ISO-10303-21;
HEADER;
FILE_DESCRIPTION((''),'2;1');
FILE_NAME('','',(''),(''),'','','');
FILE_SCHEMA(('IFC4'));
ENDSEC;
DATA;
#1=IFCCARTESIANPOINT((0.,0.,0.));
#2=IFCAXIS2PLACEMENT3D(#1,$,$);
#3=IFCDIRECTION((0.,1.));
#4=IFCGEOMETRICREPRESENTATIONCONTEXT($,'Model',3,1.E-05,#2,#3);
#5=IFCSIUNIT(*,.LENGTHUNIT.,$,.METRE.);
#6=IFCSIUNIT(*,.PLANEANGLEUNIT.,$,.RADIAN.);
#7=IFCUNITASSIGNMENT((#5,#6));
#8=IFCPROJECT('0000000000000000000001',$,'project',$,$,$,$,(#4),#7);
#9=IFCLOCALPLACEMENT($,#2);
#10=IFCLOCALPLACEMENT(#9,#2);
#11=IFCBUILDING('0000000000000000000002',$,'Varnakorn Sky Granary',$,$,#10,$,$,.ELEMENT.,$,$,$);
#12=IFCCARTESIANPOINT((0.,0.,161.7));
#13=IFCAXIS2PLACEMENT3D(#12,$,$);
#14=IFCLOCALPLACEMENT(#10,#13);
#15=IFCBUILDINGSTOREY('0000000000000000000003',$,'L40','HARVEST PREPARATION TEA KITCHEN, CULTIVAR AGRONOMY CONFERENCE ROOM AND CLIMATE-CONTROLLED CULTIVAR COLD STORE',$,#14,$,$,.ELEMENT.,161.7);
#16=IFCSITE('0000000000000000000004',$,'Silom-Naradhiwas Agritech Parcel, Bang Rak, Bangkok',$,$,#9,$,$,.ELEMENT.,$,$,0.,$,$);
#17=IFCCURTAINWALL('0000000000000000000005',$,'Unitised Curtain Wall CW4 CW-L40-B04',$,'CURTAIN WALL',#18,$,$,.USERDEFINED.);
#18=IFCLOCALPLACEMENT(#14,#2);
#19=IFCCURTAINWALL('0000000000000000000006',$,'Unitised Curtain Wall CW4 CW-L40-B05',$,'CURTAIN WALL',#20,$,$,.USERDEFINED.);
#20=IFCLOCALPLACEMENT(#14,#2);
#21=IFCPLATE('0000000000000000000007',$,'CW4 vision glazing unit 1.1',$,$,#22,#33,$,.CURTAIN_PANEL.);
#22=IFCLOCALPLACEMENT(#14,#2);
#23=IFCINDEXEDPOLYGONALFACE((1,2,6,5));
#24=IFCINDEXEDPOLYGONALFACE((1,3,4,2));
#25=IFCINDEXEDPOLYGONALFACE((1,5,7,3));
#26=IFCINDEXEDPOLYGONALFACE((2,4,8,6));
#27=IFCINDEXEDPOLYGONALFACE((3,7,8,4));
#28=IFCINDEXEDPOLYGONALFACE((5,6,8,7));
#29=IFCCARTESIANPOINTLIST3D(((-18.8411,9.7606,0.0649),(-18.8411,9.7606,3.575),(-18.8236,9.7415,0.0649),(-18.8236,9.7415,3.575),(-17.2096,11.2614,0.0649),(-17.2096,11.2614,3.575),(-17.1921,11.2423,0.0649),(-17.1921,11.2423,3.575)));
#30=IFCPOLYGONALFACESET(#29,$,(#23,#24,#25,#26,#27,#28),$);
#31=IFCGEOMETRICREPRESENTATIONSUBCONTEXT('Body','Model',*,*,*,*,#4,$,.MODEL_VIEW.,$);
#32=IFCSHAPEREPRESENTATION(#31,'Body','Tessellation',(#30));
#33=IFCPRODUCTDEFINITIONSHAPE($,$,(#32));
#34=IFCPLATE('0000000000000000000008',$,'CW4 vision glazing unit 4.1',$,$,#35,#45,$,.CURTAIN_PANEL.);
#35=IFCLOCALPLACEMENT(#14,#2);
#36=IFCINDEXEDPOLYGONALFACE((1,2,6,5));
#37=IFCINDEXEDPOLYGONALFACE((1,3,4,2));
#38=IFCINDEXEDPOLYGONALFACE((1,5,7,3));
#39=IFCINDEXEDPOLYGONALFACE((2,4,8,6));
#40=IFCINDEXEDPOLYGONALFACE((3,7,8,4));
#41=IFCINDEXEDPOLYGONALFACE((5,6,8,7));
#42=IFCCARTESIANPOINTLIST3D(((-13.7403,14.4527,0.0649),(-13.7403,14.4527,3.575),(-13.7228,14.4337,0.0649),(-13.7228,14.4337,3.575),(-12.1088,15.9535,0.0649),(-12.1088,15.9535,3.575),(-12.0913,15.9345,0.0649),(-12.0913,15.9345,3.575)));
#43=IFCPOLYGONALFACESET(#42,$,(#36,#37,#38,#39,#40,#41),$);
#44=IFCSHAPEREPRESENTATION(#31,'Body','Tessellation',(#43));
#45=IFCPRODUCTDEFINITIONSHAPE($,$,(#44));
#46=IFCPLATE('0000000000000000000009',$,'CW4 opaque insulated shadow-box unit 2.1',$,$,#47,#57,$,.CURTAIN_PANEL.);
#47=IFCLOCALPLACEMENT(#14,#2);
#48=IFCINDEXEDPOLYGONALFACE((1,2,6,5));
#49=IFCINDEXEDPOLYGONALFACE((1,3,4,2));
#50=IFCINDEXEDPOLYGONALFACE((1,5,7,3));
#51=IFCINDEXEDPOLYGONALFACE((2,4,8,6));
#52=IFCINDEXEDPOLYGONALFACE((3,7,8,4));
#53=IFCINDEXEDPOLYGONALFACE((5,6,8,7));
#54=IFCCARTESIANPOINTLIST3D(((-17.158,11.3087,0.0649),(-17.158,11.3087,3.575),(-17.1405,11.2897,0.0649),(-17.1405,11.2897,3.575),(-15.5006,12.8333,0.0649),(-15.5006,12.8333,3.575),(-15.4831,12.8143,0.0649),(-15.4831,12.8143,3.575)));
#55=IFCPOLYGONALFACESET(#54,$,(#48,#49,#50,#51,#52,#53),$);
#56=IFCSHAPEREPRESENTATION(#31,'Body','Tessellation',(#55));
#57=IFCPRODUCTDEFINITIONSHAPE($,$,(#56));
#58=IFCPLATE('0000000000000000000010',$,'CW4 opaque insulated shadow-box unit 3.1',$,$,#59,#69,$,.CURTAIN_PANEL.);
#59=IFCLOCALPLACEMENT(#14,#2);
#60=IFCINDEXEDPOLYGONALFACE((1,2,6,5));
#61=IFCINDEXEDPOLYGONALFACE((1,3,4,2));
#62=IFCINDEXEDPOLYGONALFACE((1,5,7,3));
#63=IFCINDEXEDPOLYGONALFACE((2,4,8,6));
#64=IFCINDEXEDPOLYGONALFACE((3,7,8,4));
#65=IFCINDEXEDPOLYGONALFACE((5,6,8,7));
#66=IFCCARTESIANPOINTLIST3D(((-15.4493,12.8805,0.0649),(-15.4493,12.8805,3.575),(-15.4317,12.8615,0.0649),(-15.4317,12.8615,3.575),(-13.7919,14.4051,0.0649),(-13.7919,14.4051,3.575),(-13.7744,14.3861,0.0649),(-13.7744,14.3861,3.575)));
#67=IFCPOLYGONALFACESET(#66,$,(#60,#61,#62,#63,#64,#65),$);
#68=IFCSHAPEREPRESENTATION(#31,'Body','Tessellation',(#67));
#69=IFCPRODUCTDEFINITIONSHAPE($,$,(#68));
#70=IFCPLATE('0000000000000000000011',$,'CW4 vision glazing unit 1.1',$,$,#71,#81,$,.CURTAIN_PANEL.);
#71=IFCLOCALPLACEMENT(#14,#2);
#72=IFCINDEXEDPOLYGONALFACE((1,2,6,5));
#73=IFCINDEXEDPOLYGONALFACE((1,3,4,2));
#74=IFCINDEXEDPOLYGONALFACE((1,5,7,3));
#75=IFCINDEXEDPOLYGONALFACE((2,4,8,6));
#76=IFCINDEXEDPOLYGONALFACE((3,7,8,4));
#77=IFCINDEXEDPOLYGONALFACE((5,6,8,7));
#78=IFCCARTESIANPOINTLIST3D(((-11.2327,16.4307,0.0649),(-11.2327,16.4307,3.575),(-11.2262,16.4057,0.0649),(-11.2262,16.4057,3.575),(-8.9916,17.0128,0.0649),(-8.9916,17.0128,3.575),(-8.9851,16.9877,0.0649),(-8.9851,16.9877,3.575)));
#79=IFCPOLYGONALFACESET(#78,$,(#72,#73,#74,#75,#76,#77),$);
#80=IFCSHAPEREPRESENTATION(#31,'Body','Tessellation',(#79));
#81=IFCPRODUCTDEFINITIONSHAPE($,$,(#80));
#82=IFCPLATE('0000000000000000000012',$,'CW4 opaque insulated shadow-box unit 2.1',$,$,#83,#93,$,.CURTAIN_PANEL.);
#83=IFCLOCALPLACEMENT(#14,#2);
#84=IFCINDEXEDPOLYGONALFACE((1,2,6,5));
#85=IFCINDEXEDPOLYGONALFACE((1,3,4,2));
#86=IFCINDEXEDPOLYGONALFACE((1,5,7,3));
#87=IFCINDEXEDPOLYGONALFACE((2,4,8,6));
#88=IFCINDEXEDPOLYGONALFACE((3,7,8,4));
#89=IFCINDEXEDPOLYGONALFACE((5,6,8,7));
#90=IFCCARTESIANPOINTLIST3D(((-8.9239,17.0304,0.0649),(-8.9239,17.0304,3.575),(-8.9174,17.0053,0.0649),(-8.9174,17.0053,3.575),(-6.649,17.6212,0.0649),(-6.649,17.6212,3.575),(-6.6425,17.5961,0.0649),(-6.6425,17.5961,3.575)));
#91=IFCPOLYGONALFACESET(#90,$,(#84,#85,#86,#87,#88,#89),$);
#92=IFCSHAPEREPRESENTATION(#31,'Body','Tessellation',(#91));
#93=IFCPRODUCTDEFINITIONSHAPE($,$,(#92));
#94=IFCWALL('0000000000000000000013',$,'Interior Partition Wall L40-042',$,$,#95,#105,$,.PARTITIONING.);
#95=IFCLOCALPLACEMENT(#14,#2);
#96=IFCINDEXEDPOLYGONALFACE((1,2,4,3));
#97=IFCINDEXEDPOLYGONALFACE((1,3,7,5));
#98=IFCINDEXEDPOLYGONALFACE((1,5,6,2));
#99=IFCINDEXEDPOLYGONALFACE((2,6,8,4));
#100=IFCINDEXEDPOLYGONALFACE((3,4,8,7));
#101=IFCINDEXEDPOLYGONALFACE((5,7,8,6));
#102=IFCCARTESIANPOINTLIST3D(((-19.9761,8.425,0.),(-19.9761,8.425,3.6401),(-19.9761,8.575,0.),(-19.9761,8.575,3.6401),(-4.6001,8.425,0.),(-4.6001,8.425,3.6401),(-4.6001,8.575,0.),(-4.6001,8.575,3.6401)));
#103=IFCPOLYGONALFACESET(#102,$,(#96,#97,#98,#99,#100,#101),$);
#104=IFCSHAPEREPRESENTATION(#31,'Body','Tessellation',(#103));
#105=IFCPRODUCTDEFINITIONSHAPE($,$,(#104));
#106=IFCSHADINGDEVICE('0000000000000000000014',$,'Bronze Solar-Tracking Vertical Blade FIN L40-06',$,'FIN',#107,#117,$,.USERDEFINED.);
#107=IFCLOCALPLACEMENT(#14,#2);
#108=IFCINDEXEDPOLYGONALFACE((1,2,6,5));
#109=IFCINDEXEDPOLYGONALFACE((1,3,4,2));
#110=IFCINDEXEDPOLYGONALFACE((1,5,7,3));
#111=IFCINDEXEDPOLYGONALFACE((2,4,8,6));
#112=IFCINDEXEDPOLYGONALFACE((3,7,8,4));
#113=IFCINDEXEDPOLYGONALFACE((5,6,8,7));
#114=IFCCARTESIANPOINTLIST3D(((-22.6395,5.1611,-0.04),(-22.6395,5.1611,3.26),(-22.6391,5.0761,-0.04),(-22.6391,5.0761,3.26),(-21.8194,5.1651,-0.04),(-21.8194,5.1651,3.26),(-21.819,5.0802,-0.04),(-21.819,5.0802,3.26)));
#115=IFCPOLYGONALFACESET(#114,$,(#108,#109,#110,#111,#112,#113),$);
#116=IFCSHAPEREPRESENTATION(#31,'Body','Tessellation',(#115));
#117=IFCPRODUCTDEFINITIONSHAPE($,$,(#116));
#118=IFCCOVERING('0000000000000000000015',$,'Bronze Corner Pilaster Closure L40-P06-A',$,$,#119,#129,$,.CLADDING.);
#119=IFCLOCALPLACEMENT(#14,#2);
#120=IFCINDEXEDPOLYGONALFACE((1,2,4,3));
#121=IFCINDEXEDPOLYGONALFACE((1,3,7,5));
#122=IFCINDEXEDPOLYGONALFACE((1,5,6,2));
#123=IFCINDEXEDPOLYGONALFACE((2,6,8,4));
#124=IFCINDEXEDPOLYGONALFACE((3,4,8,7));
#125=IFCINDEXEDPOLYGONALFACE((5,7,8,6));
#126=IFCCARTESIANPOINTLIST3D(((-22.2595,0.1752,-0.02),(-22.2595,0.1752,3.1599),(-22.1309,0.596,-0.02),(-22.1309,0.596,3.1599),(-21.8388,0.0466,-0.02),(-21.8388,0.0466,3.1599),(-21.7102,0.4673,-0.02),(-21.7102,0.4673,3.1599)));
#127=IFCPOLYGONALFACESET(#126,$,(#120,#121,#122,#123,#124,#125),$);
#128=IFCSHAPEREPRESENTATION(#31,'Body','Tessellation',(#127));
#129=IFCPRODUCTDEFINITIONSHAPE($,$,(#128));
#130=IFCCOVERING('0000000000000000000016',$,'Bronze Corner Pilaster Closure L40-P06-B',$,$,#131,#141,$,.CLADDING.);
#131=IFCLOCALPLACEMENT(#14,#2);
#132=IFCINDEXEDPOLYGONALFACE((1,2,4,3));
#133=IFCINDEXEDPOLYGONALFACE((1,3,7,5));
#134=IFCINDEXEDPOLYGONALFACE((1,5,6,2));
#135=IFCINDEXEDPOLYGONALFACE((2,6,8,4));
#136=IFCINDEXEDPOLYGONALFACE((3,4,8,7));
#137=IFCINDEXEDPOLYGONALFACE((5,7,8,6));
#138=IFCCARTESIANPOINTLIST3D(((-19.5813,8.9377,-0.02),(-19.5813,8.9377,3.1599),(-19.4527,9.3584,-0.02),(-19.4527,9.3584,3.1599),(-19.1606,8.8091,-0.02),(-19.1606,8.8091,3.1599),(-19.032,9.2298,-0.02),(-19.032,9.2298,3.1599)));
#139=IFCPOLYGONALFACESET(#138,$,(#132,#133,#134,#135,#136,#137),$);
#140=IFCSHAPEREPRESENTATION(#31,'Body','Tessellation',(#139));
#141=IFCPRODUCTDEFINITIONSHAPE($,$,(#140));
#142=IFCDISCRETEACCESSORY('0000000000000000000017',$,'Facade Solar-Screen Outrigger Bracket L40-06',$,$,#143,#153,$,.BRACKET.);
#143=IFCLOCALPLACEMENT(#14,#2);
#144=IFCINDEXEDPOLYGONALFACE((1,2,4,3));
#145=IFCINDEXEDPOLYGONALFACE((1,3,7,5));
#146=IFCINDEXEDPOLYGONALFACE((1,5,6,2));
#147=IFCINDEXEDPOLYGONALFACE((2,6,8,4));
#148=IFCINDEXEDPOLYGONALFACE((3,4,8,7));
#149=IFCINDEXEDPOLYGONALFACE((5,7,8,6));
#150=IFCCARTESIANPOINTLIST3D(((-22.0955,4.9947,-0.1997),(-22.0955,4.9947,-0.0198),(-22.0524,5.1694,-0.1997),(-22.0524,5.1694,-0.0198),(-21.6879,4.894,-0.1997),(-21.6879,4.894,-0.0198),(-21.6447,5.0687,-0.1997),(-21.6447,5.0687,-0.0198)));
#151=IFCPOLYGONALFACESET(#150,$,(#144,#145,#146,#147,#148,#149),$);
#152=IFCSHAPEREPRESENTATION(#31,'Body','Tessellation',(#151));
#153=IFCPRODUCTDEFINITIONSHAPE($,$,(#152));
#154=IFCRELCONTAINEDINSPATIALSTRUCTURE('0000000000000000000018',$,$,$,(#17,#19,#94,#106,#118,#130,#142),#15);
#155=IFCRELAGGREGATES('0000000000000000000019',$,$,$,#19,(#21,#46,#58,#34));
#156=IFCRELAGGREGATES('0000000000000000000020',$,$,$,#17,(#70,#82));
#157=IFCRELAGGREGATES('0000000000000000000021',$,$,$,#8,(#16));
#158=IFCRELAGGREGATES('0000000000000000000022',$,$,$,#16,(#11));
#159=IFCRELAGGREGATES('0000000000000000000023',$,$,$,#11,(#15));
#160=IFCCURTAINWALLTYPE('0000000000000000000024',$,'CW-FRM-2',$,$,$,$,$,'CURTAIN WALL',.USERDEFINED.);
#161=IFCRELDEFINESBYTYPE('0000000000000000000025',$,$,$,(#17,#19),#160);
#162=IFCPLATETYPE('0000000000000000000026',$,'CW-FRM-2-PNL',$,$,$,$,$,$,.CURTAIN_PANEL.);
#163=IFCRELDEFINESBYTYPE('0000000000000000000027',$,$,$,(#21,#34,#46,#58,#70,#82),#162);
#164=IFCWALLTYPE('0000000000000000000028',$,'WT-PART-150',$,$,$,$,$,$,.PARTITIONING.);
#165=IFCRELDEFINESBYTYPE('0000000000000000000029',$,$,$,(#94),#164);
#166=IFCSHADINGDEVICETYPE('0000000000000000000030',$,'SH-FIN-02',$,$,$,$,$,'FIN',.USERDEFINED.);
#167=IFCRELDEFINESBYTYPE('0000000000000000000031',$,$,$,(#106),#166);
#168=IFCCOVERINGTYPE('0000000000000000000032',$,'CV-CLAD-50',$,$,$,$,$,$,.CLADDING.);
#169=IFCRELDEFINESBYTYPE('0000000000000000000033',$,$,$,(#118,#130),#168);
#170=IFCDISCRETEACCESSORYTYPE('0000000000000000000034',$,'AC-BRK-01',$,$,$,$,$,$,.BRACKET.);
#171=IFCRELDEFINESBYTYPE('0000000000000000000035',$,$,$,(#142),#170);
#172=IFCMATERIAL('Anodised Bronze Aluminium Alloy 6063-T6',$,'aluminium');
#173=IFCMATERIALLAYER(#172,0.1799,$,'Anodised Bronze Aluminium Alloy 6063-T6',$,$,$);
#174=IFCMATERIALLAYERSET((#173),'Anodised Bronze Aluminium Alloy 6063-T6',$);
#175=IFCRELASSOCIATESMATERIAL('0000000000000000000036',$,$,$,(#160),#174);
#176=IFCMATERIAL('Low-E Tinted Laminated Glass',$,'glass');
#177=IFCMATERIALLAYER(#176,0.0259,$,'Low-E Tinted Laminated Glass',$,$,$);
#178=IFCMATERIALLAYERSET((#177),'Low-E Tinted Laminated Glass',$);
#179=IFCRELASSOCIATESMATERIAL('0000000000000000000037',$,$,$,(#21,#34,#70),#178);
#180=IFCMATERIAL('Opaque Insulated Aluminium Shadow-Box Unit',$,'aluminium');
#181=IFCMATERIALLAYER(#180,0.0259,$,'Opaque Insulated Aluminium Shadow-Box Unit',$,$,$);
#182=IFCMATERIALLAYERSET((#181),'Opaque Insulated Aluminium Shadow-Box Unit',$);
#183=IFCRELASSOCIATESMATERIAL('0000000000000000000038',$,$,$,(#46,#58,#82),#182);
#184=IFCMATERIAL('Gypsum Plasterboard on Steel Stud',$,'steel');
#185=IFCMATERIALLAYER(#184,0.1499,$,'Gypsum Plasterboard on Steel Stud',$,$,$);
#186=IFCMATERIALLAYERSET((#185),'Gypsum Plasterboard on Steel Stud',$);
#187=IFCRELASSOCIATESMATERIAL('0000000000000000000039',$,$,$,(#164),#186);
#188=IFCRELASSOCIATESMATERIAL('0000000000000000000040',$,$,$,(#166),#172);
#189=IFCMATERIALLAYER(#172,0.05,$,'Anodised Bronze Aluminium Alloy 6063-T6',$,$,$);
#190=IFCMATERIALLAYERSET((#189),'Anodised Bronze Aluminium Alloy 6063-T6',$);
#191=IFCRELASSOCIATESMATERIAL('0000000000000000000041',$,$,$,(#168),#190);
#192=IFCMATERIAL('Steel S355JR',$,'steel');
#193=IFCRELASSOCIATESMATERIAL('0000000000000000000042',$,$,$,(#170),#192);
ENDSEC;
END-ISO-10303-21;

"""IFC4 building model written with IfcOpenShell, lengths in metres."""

from ifc_helpers import new_model, si_unit, direction, frame, frame_2d, origin, origin_2d, place, context, subcontext, project, spatial, rectangle, extrude, source, transform, mapped, material, layer, layer_set, type_object, type_shapes, element, aggregate, save


model = new_model("IFC4")

# Units and contexts
model_context = context("Model", 3, precision=1e-05, world=origin(), true_north=direction((0.0, 1.0)))
body_context = subcontext(model_context, "Body", "Model", "MODEL_VIEW")
ifc_project = project(units=[si_unit("LENGTHUNIT", "METRE"), si_unit("PLANEANGLEUNIT", "RADIAN")], contexts=[model_context])

# Site, building, storey
site_placement = place(None, origin())
site = spatial("IfcSite", under=ifc_project, at=site_placement, Name="Silom-Naradhiwas Agritech Parcel, Bang Rak, Bangkok", CompositionType="ELEMENT", RefElevation=0.0)
building_placement = place(site_placement, origin())
building = spatial("IfcBuilding", under=site, at=building_placement, Name="Varnakorn Sky Granary", CompositionType="ELEMENT")
storey_placement = place(building_placement, frame((0.0, 0.0, 161.7)))
storey = spatial("IfcBuildingStorey", under=building, at=storey_placement, Name="L40", Description="HARVEST PREPARATION TEA KITCHEN, CULTIVAR AGRONOMY CONFERENCE ROOM AND CLIMATE-CONTROLLED CULTIVAR COLD STORE", CompositionType="ELEMENT", Elevation=161.7)

# Shared definitions
ifc_material_1 = material(Name="Steel S355JR", Category="steel")

# Curtain walls
ifc_material_2 = material(Name="Anodised Bronze Aluminium Alloy 6063-T6", Category="aluminium")
ifc_layer_1 = layer(ifc_material_2, 0.1799, Name="Anodised Bronze Aluminium Alloy 6063-T6")
ifc_layer_set_1 = layer_set([ifc_layer_1], Name="Anodised Bronze Aluminium Alloy 6063-T6")
curtain_wall_type = type_object("IfcCurtainWallType", Name="CW-FRM-2", ElementType="CURTAIN WALL", PredefinedType="USERDEFINED", material=ifc_layer_set_1)
curtain_wall_1_placement = place(storey_placement, origin())
curtain_wall_1 = element("IfcCurtainWall", 1, at=curtain_wall_1_placement, inside=storey, type_object=curtain_wall_type, Name="Unitised Curtain Wall CW4 CW-L40-B04", ObjectType="CURTAIN WALL", PredefinedType="USERDEFINED")
curtain_wall_2_placement = place(storey_placement, origin())
curtain_wall_2 = element("IfcCurtainWall", 2, at=curtain_wall_2_placement, inside=storey, type_object=curtain_wall_type, Name="Unitised Curtain Wall CW4 CW-L40-B05", ObjectType="CURTAIN WALL", PredefinedType="USERDEFINED")

# Plates
ifc_material_3 = material(Name="Low-E Tinted Laminated Glass", Category="glass")
ifc_layer_2 = layer(ifc_material_3, 0.0259, Name="Low-E Tinted Laminated Glass")
ifc_layer_set_2 = layer_set([ifc_layer_2], Name="Low-E Tinted Laminated Glass")
plate_type = type_object("IfcPlateType", Name="CW-FRM-2-PNL", PredefinedType="CURTAIN_PANEL")
shared_shape_1 = source(origin(), body_context, "Body", "SweptSolid", [
    extrude(rectangle(XDim=2.2168, YDim=0.0259, at=origin_2d()), origin(), (0.0, 0.0, 1.0), 3.51),
])
plate_1_placement = place(storey_placement, frame((-18.0166, 10.5015, 0.0649), z_axis=(0.0, 0.0, 1.0), x_axis=(0.735973, 0.677011, 0.0)))
plate_1 = element("IfcPlate", 3, at=plate_1_placement, type_object=plate_type, material=ifc_layer_set_2, Name="CW4 vision glazing unit 1.1", PredefinedType="CURTAIN_PANEL", context=body_context, shape_type="MappedRepresentation", body=[
    mapped(shared_shape_1, transform((0.0, 0.0, 0.0), x_axis=(1.0, 0.0, 0.0), y_axis=(0.0, 1.0, 0.0), z_axis=(0.0, 0.0, 1.0), scale=1.0)),
])
plate_2_placement = place(storey_placement, frame((-12.9158, 15.1936, 0.0649), z_axis=(0.0, 0.0, 1.0), x_axis=(0.735973, 0.677011, 0.0)))
plate_2 = element("IfcPlate", 4, at=plate_2_placement, type_object=plate_type, material=ifc_layer_set_2, Name="CW4 vision glazing unit 4.1", PredefinedType="CURTAIN_PANEL", context=body_context, shape_type="MappedRepresentation", body=[
    mapped(shared_shape_1, transform((0.0, 0.0, 0.0), x_axis=(1.0, 0.0, 0.0), y_axis=(0.0, 1.0, 0.0), z_axis=(0.0, 0.0, 1.0), scale=1.0)),
])
ifc_material_4 = material(Name="Opaque Insulated Aluminium Shadow-Box Unit", Category="aluminium")
ifc_layer_3 = layer(ifc_material_4, 0.0259, Name="Opaque Insulated Aluminium Shadow-Box Unit")
ifc_layer_set_3 = layer_set([ifc_layer_3], Name="Opaque Insulated Aluminium Shadow-Box Unit")
shared_shape_2 = source(origin(), body_context, "Body", "SweptSolid", [
    extrude(rectangle(XDim=2.252, YDim=0.0259, at=origin_2d()), origin(), (0.0, 0.0, 1.0), 3.51),
])
plate_3_placement = place(storey_placement, frame((-16.3206, 12.0615, 0.0649), z_axis=(0.0, 0.0, 1.0), x_axis=(0.735973, 0.677011, 0.0)))
plate_3 = element("IfcPlate", 5, at=plate_3_placement, type_object=plate_type, material=ifc_layer_set_3, Name="CW4 opaque insulated shadow-box unit 2.1", PredefinedType="CURTAIN_PANEL", context=body_context, shape_type="MappedRepresentation", body=[
    mapped(shared_shape_2, transform((0.0, 0.0, 0.0), x_axis=(1.0, 0.0, 0.0), y_axis=(0.0, 1.0, 0.0), z_axis=(0.0, 0.0, 1.0), scale=1.0)),
])
plate_4_placement = place(storey_placement, frame((-14.6118, 13.6333, 0.0649), z_axis=(0.0, 0.0, 1.0), x_axis=(0.735973, 0.677011, 0.0)))
plate_4 = element("IfcPlate", 6, at=plate_4_placement, type_object=plate_type, material=ifc_layer_set_3, Name="CW4 opaque insulated shadow-box unit 3.1", PredefinedType="CURTAIN_PANEL", context=body_context, shape_type="MappedRepresentation", body=[
    mapped(shared_shape_2, transform((0.0, 0.0, 0.0), x_axis=(1.0, 0.0, 0.0), y_axis=(0.0, 1.0, 0.0), z_axis=(0.0, 0.0, 1.0), scale=1.0)),
])
aggregate(curtain_wall_2, [plate_1, plate_3, plate_4, plate_2])
shared_shape_3 = source(origin(), body_context, "Body", "SweptSolid", [
    extrude(rectangle(XDim=2.3154, YDim=0.0259, at=origin_2d()), origin(), (0.0, 0.0, 1.0), 3.51),
])
plate_5_placement = place(storey_placement, frame((-10.1089, 16.7092, 0.0649), z_axis=(0.0, 0.0, 1.0), x_axis=(0.967893, 0.251363, 0.0)))
plate_5 = element("IfcPlate", 7, at=plate_5_placement, type_object=plate_type, material=ifc_layer_set_2, Name="CW4 vision glazing unit 1.1", PredefinedType="CURTAIN_PANEL", context=body_context, shape_type="MappedRepresentation", body=[
    mapped(shared_shape_3, transform((0.0, 0.0, 0.0), x_axis=(1.0, 0.0, 0.0), y_axis=(0.0, 1.0, 0.0), z_axis=(0.0, 0.0, 1.0), scale=1.0)),
])
shared_shape_4 = source(origin(), body_context, "Body", "SweptSolid", [
    extrude(rectangle(XDim=2.3503, YDim=0.0259, at=origin_2d()), origin(), (0.0, 0.0, 1.0), 3.51),
])
type_shapes(plate_type, [shared_shape_1, shared_shape_2, shared_shape_3, shared_shape_4])
plate_6_placement = place(storey_placement, frame((-7.7832, 17.3132, 0.0649), z_axis=(0.0, 0.0, 1.0), x_axis=(0.967893, 0.251363, 0.0)))
plate_6 = element("IfcPlate", 8, at=plate_6_placement, type_object=plate_type, material=ifc_layer_set_3, Name="CW4 opaque insulated shadow-box unit 2.1", PredefinedType="CURTAIN_PANEL", context=body_context, shape_type="MappedRepresentation", body=[
    mapped(shared_shape_4, transform((0.0, 0.0, 0.0), x_axis=(1.0, 0.0, 0.0), y_axis=(0.0, 1.0, 0.0), z_axis=(0.0, 0.0, 1.0), scale=1.0)),
])
aggregate(curtain_wall_1, [plate_5, plate_6])

# Wall
ifc_material_5 = material(Name="Gypsum Plasterboard on Steel Stud", Category="steel")
ifc_layer_4 = layer(ifc_material_5, 0.1499, Name="Gypsum Plasterboard on Steel Stud")
ifc_layer_set_4 = layer_set([ifc_layer_4], Name="Gypsum Plasterboard on Steel Stud")
wall_type = type_object("IfcWallType", Name="WT-PART-150", PredefinedType="PARTITIONING", material=ifc_layer_set_4)
wall_placement = place(storey_placement, frame((-19.9761, 8.5, 0.0), z_axis=(0.0, 0.0, 1.0), x_axis=(1.0, 0.0, 0.0)))
element("IfcWall", 9, at=wall_placement, inside=storey, type_object=wall_type, Name="Interior Partition Wall L40-042", PredefinedType="PARTITIONING", context=body_context, shape_type="SweptSolid", body=[
    extrude(rectangle(XDim=15.376, YDim=0.1499, at=frame_2d((7.688, 0.0))), origin(), (0.0, 0.0, 1.0), 3.6401),
])

# Shading device
shading_device_type = type_object("IfcShadingDeviceType", Name="SH-FIN-02", ElementType="FIN", PredefinedType="USERDEFINED", material=ifc_material_2)
shared_shape_5 = source(origin(), body_context, "Body", "SweptSolid", [
    extrude(rectangle(XDim=0.085, YDim=0.8201, at=origin_2d()), origin(), (0.0, 0.0, 1.0), 3.3),
])
type_shapes(shading_device_type, [shared_shape_5])
shading_device_placement = place(storey_placement, frame((-22.2292, 5.1206, -0.04), z_axis=(0.0, 0.0, 1.0), x_axis=(0.004962, -0.999988, 0.0)))
element("IfcShadingDevice", 10, at=shading_device_placement, inside=storey, type_object=shading_device_type, Name="Bronze Solar-Tracking Vertical Blade FIN L40-06", ObjectType="FIN", PredefinedType="USERDEFINED", context=body_context, shape_type="MappedRepresentation", body=[
    mapped(shared_shape_5, transform((0.0, 0.0, 0.0), x_axis=(1.0, 0.0, 0.0), y_axis=(0.0, 1.0, 0.0), z_axis=(0.0, 0.0, 1.0), scale=1.0)),
])

# Coverings
ifc_layer_5 = layer(ifc_material_2, 0.05, Name="Anodised Bronze Aluminium Alloy 6063-T6")
ifc_layer_set_5 = layer_set([ifc_layer_5], Name="Anodised Bronze Aluminium Alloy 6063-T6")
covering_type = type_object("IfcCoveringType", Name="CV-CLAD-50", PredefinedType="CLADDING", material=ifc_layer_set_5)
shared_shape_6 = source(origin(), body_context, "Body", "SweptSolid", [
    extrude(rectangle(XDim=0.4399, YDim=0.4399, at=origin_2d()), origin(), (0.0, 0.0, 1.0), 3.1799),
])
type_shapes(covering_type, [shared_shape_6])
for number, where, z_axis, x_axis, name in (
    (11, (-21.9849, 0.3213, -0.02), (0.0, 0.0, 1.0), (0.292372, 0.956305, 0.0), "Bronze Corner Pilaster Closure L40-P06-A"),
    (12, (-19.3066, 9.0837, -0.02), (0.0, 0.0, 1.0), (0.292372, 0.956305, 0.0), "Bronze Corner Pilaster Closure L40-P06-B"),
):
    element("IfcCovering", number, at=place(storey_placement, frame(where, z_axis=z_axis, x_axis=x_axis)), inside=storey, type_object=covering_type, Name=name, PredefinedType="CLADDING", context=body_context, shape_type="MappedRepresentation", body=[
        mapped(shared_shape_6, transform((0.0, 0.0, 0.0), x_axis=(1.0, 0.0, 0.0), y_axis=(0.0, 1.0, 0.0), z_axis=(0.0, 0.0, 1.0), scale=1.0)),
    ])

# Discrete accessory
discrete_accessory_type = type_object("IfcDiscreteAccessoryType", Name="AC-BRK-01", PredefinedType="BRACKET", material=ifc_material_1)
shared_shape_7 = source(origin(), body_context, "Body", "SweptSolid", [
    extrude(rectangle(XDim=0.1799, YDim=0.4199, at=origin_2d()), origin(), (0.0, 0.0, 1.0), 0.1799),
])
type_shapes(discrete_accessory_type, [shared_shape_7])
discrete_accessory_placement = place(storey_placement, frame((-21.8701, 5.0317, -0.1997), z_axis=(0.0, 0.0, 1.0), x_axis=(-0.239811, -0.97082, 0.0)))
element("IfcDiscreteAccessory", 13, at=discrete_accessory_placement, inside=storey, type_object=discrete_accessory_type, Name="Facade Solar-Screen Outrigger Bracket L40-06", PredefinedType="BRACKET", context=body_context, shape_type="MappedRepresentation", body=[
    mapped(shared_shape_7, transform((0.0, 0.0, 0.0), x_axis=(1.0, 0.0, 0.0), y_axis=(0.0, 1.0, 0.0), z_axis=(0.0, 0.0, 1.0), scale=1.0)),
])

save(model, "model.ifc")
